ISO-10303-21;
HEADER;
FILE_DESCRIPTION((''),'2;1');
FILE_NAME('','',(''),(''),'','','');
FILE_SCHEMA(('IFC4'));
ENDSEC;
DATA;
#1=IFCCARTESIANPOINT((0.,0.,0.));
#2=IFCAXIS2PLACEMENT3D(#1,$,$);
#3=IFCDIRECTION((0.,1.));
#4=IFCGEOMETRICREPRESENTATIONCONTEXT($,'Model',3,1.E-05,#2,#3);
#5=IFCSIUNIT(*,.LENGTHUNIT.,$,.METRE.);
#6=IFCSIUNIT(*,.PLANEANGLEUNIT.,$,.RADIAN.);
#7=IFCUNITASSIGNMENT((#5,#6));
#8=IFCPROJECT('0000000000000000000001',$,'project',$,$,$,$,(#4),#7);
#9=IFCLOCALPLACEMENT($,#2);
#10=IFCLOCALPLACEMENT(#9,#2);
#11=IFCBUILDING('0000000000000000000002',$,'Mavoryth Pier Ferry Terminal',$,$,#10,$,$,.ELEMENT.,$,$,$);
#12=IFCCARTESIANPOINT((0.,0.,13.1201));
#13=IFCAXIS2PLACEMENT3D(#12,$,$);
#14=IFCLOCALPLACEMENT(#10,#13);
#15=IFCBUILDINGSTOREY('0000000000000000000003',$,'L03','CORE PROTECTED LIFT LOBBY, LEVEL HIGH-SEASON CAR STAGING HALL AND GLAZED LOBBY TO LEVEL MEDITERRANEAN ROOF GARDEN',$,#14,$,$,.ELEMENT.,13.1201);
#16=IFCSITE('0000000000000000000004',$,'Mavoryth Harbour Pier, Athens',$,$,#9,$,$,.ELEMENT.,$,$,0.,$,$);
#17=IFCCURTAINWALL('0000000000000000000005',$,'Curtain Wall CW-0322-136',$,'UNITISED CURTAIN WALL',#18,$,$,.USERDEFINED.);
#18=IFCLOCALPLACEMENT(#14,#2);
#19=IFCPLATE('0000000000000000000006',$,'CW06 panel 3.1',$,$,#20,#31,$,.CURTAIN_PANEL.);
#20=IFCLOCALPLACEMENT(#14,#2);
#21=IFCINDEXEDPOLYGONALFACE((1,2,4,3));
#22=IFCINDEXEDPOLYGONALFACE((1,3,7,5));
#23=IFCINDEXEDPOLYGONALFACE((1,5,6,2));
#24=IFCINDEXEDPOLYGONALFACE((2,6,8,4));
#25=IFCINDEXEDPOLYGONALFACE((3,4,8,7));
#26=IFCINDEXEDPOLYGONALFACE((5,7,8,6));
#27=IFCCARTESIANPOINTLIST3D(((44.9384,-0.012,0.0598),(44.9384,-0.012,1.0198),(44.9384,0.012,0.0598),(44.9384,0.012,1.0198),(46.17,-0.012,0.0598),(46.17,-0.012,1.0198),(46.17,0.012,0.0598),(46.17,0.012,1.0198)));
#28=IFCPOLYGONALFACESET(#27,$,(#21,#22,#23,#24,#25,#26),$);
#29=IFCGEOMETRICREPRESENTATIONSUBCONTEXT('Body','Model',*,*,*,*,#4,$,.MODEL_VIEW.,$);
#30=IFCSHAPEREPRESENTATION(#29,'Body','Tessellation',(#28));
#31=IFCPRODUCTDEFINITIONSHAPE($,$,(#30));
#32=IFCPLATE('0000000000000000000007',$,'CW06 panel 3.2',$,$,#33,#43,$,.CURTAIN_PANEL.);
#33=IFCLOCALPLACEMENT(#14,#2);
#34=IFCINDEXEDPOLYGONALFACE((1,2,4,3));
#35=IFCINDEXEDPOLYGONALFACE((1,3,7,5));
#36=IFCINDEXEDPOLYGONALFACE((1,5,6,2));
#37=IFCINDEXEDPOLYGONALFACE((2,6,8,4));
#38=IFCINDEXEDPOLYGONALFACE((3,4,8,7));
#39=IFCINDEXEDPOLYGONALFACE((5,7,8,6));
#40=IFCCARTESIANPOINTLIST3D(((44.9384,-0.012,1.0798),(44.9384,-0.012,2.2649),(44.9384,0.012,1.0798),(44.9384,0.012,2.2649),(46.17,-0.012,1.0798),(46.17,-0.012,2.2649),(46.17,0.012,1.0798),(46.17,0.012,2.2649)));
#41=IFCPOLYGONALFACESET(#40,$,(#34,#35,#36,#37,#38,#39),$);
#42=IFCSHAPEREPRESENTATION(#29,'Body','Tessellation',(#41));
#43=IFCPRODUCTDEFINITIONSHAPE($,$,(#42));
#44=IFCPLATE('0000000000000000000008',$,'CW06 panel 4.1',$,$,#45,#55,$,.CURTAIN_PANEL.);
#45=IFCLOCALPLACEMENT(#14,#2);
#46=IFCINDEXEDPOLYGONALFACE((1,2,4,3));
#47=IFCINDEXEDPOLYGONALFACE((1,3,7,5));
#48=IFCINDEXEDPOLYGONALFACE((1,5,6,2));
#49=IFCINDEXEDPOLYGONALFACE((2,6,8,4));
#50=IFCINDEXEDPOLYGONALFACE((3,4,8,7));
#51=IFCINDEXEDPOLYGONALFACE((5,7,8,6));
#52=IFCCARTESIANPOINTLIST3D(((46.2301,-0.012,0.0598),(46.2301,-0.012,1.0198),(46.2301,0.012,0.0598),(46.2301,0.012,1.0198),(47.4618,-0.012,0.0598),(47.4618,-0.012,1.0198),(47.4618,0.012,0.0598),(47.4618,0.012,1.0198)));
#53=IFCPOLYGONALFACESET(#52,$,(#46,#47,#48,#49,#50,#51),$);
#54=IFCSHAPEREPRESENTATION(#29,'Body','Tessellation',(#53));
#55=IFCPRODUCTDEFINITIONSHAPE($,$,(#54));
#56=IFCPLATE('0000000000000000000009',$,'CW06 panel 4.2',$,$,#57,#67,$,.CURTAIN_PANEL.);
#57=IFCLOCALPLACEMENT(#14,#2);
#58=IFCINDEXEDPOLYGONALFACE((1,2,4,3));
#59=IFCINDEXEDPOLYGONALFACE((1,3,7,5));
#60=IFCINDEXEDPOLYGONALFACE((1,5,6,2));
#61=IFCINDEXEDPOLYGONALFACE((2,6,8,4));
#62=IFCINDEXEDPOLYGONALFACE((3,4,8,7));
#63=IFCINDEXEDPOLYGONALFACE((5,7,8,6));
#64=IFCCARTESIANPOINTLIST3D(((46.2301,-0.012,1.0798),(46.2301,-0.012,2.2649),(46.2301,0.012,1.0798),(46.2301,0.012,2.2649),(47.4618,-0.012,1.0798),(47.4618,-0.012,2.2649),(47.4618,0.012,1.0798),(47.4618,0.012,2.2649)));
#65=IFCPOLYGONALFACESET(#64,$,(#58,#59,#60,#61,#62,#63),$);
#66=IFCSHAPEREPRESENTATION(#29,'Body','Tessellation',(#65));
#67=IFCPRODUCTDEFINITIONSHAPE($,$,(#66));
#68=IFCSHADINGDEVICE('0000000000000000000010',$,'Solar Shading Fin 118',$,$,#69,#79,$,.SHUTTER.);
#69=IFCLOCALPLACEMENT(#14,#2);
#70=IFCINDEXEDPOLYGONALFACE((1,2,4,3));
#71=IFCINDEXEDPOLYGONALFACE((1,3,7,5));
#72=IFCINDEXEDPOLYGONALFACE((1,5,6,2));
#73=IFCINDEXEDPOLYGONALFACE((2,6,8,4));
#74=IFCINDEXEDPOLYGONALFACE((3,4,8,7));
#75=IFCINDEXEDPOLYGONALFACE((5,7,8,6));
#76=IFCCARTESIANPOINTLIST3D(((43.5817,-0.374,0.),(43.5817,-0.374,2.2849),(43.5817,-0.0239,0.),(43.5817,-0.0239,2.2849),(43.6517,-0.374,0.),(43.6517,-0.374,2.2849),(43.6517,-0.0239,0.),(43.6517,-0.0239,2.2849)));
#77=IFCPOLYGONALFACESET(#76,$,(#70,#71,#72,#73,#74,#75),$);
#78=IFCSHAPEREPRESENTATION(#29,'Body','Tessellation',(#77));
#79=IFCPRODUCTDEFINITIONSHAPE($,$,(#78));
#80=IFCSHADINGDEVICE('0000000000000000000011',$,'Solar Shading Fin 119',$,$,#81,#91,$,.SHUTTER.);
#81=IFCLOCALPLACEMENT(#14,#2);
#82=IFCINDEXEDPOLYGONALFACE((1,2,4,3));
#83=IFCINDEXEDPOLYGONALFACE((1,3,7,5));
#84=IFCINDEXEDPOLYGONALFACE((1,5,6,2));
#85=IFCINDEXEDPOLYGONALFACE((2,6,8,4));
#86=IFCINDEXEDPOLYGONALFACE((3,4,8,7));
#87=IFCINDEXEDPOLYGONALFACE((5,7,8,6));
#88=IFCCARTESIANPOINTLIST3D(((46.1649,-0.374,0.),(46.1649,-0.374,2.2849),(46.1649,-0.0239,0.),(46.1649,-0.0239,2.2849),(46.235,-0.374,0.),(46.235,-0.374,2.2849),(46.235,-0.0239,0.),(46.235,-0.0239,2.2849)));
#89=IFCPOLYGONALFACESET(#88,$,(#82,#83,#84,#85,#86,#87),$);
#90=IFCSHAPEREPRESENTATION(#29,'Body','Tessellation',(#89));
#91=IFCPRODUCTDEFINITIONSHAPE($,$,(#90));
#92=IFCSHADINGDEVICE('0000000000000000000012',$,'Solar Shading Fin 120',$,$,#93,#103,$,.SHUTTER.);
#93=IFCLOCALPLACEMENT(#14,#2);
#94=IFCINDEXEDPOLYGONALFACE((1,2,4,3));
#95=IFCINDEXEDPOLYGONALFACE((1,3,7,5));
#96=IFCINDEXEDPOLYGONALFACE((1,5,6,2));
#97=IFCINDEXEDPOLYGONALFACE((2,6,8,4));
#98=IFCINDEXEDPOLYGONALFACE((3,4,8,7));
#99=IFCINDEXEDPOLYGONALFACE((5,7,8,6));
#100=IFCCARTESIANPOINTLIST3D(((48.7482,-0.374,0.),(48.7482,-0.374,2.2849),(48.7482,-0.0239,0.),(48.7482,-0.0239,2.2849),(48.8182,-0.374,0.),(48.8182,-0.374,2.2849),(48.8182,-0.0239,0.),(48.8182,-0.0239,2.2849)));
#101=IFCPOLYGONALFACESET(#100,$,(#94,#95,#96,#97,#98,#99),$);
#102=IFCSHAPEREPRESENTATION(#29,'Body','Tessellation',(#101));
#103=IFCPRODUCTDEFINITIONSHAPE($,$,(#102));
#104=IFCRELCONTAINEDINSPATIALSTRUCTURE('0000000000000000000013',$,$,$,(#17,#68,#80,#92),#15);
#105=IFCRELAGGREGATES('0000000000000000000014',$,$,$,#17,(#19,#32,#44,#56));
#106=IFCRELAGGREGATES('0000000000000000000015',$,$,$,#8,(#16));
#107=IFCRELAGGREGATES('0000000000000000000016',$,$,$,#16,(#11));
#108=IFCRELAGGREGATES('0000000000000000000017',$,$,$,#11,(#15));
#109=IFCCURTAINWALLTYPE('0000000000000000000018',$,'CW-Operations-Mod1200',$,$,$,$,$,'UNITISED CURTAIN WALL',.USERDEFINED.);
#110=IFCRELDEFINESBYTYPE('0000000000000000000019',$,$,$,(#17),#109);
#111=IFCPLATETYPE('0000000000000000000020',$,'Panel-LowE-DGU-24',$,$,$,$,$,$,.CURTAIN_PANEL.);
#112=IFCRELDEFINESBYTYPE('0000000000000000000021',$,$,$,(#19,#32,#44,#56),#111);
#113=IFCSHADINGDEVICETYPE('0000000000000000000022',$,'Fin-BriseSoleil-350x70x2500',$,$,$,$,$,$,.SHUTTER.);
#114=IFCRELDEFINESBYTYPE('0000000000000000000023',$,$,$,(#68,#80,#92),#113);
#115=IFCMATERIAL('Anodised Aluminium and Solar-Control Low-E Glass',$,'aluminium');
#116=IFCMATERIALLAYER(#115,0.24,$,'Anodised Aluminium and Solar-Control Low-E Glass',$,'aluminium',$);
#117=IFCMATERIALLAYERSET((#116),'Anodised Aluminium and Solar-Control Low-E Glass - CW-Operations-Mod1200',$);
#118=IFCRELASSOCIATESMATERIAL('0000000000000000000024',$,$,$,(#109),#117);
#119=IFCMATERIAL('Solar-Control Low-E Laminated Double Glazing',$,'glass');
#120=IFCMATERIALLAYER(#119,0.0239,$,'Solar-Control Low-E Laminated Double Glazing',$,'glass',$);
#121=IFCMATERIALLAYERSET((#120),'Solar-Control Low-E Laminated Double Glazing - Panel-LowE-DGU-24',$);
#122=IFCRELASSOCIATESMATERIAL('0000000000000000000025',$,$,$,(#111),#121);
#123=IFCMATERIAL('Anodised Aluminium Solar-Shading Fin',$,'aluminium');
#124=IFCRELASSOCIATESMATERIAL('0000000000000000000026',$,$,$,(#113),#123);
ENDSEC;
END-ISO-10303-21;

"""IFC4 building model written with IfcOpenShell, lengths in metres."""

from ifc_helpers import new_model, si_unit, direction, frame, origin, origin_2d, place, context, subcontext, project, spatial, rectangle, extrude, material, layer, layer_set, type_object, element, aggregate, save


model = new_model("IFC4")

# Units and contexts
model_context = context("Model", 3, precision=1e-05, world=origin(), true_north=direction((0.0, 1.0)))
body_context = subcontext(model_context, "Body", "Model", "MODEL_VIEW")
ifc_project = project(units=[si_unit("LENGTHUNIT", "METRE"), si_unit("PLANEANGLEUNIT", "RADIAN")], contexts=[model_context])

# Site, building, storey
site_placement = place(None, origin())
site = spatial("IfcSite", under=ifc_project, at=site_placement, Name="Mavoryth Harbour Pier, Athens", CompositionType="ELEMENT", RefElevation=0.0)
building_placement = place(site_placement, origin())
building = spatial("IfcBuilding", under=site, at=building_placement, Name="Mavoryth Pier Ferry Terminal", CompositionType="ELEMENT")
storey_placement = place(building_placement, frame((0.0, 0.0, 13.1201)))
storey = spatial("IfcBuildingStorey", under=building, at=storey_placement, Name="L03", Description="CORE PROTECTED LIFT LOBBY, LEVEL HIGH-SEASON CAR STAGING HALL AND GLAZED LOBBY TO LEVEL MEDITERRANEAN ROOF GARDEN", CompositionType="ELEMENT", Elevation=13.1201)

# Curtain wall
ifc_material_1 = material(Name="Anodised Aluminium and Solar-Control Low-E Glass", Category="aluminium")
ifc_layer_1 = layer(ifc_material_1, 0.24, Name="Anodised Aluminium and Solar-Control Low-E Glass", Category="aluminium")
ifc_layer_set_1 = layer_set([ifc_layer_1], Name="Anodised Aluminium and Solar-Control Low-E Glass - CW-Operations-Mod1200")
curtain_wall_type = type_object("IfcCurtainWallType", Name="CW-Operations-Mod1200", ElementType="UNITISED CURTAIN WALL", PredefinedType="USERDEFINED", material=ifc_layer_set_1)
curtain_wall_placement = place(storey_placement, origin())
curtain_wall = element("IfcCurtainWall", 1, at=curtain_wall_placement, inside=storey, type_object=curtain_wall_type, Name="Curtain Wall CW-0322-136", ObjectType="UNITISED CURTAIN WALL", PredefinedType="USERDEFINED")

# Plates
ifc_material_2 = material(Name="Solar-Control Low-E Laminated Double Glazing", Category="glass")
ifc_layer_2 = layer(ifc_material_2, 0.0239, Name="Solar-Control Low-E Laminated Double Glazing", Category="glass")
ifc_layer_set_2 = layer_set([ifc_layer_2], Name="Solar-Control Low-E Laminated Double Glazing - Panel-LowE-DGU-24")
plate_type = type_object("IfcPlateType", Name="Panel-LowE-DGU-24", PredefinedType="CURTAIN_PANEL", material=ifc_layer_set_2)
plate_1_placement = place(storey_placement, frame((45.5542, 0.0, 0.0598), z_axis=(0.0, 0.0, 1.0), x_axis=(1.0, 0.0, 0.0)))
plate_1 = element("IfcPlate", 2, at=plate_1_placement, type_object=plate_type, Name="CW06 panel 3.1", PredefinedType="CURTAIN_PANEL", context=body_context, shape_type="SweptSolid", body=[
    extrude(rectangle(XDim=1.2317, YDim=0.0239, at=origin_2d()), origin(), (0.0, 0.0, 1.0), 0.96),
])
plate_2_placement = place(storey_placement, frame((45.5542, 0.0, 1.0798), z_axis=(0.0, 0.0, 1.0), x_axis=(1.0, 0.0, 0.0)))
plate_2 = element("IfcPlate", 3, at=plate_2_placement, type_object=plate_type, Name="CW06 panel 3.2", PredefinedType="CURTAIN_PANEL", context=body_context, shape_type="SweptSolid", body=[
    extrude(rectangle(XDim=1.2317, YDim=0.0239, at=origin_2d()), origin(), (0.0, 0.0, 1.0), 1.1851),
])
plate_3_placement = place(storey_placement, frame((46.8459, 0.0, 0.0598), z_axis=(0.0, 0.0, 1.0), x_axis=(1.0, 0.0, 0.0)))
plate_3 = element("IfcPlate", 4, at=plate_3_placement, type_object=plate_type, Name="CW06 panel 4.1", PredefinedType="CURTAIN_PANEL", context=body_context, shape_type="SweptSolid", body=[
    extrude(rectangle(XDim=1.2317, YDim=0.0239, at=origin_2d()), origin(), (0.0, 0.0, 1.0), 0.96),
])
plate_4_placement = place(storey_placement, frame((46.8459, 0.0, 1.0798), z_axis=(0.0, 0.0, 1.0), x_axis=(1.0, 0.0, 0.0)))
plate_4 = element("IfcPlate", 5, at=plate_4_placement, type_object=plate_type, Name="CW06 panel 4.2", PredefinedType="CURTAIN_PANEL", context=body_context, shape_type="SweptSolid", body=[
    extrude(rectangle(XDim=1.2317, YDim=0.0239, at=origin_2d()), origin(), (0.0, 0.0, 1.0), 1.1851),
])
aggregate(curtain_wall, [plate_1, plate_2, plate_3, plate_4])

# Shading devices
ifc_material_3 = material(Name="Anodised Aluminium Solar-Shading Fin", Category="aluminium")
shading_device_type = type_object("IfcShadingDeviceType", Name="Fin-BriseSoleil-350x70x2500", PredefinedType="SHUTTER", material=ifc_material_3)
for number, where, z_axis, x_axis, name in (
    (6, (43.6167, -0.199, 0.0), (0.0, 0.0, 1.0), (1.0, 0.0, 0.0), "Solar Shading Fin 118"),
    (7, (46.2, -0.199, 0.0), (0.0, 0.0, 1.0), (1.0, 0.0, 0.0), "Solar Shading Fin 119"),
    (8, (48.7832, -0.199, 0.0), (0.0, 0.0, 1.0), (1.0, 0.0, 0.0), "Solar Shading Fin 120"),
):
    element("IfcShadingDevice", number, at=place(storey_placement, frame(where, z_axis=z_axis, x_axis=x_axis)), inside=storey, type_object=shading_device_type, Name=name, PredefinedType="SHUTTER", context=body_context, shape_type="SweptSolid", body=[
        extrude(rectangle(XDim=0.0701, YDim=0.3501, at=origin_2d()), origin(), (0.0, 0.0, 1.0), 2.2849),
    ])

save(model, "model.ifc")
